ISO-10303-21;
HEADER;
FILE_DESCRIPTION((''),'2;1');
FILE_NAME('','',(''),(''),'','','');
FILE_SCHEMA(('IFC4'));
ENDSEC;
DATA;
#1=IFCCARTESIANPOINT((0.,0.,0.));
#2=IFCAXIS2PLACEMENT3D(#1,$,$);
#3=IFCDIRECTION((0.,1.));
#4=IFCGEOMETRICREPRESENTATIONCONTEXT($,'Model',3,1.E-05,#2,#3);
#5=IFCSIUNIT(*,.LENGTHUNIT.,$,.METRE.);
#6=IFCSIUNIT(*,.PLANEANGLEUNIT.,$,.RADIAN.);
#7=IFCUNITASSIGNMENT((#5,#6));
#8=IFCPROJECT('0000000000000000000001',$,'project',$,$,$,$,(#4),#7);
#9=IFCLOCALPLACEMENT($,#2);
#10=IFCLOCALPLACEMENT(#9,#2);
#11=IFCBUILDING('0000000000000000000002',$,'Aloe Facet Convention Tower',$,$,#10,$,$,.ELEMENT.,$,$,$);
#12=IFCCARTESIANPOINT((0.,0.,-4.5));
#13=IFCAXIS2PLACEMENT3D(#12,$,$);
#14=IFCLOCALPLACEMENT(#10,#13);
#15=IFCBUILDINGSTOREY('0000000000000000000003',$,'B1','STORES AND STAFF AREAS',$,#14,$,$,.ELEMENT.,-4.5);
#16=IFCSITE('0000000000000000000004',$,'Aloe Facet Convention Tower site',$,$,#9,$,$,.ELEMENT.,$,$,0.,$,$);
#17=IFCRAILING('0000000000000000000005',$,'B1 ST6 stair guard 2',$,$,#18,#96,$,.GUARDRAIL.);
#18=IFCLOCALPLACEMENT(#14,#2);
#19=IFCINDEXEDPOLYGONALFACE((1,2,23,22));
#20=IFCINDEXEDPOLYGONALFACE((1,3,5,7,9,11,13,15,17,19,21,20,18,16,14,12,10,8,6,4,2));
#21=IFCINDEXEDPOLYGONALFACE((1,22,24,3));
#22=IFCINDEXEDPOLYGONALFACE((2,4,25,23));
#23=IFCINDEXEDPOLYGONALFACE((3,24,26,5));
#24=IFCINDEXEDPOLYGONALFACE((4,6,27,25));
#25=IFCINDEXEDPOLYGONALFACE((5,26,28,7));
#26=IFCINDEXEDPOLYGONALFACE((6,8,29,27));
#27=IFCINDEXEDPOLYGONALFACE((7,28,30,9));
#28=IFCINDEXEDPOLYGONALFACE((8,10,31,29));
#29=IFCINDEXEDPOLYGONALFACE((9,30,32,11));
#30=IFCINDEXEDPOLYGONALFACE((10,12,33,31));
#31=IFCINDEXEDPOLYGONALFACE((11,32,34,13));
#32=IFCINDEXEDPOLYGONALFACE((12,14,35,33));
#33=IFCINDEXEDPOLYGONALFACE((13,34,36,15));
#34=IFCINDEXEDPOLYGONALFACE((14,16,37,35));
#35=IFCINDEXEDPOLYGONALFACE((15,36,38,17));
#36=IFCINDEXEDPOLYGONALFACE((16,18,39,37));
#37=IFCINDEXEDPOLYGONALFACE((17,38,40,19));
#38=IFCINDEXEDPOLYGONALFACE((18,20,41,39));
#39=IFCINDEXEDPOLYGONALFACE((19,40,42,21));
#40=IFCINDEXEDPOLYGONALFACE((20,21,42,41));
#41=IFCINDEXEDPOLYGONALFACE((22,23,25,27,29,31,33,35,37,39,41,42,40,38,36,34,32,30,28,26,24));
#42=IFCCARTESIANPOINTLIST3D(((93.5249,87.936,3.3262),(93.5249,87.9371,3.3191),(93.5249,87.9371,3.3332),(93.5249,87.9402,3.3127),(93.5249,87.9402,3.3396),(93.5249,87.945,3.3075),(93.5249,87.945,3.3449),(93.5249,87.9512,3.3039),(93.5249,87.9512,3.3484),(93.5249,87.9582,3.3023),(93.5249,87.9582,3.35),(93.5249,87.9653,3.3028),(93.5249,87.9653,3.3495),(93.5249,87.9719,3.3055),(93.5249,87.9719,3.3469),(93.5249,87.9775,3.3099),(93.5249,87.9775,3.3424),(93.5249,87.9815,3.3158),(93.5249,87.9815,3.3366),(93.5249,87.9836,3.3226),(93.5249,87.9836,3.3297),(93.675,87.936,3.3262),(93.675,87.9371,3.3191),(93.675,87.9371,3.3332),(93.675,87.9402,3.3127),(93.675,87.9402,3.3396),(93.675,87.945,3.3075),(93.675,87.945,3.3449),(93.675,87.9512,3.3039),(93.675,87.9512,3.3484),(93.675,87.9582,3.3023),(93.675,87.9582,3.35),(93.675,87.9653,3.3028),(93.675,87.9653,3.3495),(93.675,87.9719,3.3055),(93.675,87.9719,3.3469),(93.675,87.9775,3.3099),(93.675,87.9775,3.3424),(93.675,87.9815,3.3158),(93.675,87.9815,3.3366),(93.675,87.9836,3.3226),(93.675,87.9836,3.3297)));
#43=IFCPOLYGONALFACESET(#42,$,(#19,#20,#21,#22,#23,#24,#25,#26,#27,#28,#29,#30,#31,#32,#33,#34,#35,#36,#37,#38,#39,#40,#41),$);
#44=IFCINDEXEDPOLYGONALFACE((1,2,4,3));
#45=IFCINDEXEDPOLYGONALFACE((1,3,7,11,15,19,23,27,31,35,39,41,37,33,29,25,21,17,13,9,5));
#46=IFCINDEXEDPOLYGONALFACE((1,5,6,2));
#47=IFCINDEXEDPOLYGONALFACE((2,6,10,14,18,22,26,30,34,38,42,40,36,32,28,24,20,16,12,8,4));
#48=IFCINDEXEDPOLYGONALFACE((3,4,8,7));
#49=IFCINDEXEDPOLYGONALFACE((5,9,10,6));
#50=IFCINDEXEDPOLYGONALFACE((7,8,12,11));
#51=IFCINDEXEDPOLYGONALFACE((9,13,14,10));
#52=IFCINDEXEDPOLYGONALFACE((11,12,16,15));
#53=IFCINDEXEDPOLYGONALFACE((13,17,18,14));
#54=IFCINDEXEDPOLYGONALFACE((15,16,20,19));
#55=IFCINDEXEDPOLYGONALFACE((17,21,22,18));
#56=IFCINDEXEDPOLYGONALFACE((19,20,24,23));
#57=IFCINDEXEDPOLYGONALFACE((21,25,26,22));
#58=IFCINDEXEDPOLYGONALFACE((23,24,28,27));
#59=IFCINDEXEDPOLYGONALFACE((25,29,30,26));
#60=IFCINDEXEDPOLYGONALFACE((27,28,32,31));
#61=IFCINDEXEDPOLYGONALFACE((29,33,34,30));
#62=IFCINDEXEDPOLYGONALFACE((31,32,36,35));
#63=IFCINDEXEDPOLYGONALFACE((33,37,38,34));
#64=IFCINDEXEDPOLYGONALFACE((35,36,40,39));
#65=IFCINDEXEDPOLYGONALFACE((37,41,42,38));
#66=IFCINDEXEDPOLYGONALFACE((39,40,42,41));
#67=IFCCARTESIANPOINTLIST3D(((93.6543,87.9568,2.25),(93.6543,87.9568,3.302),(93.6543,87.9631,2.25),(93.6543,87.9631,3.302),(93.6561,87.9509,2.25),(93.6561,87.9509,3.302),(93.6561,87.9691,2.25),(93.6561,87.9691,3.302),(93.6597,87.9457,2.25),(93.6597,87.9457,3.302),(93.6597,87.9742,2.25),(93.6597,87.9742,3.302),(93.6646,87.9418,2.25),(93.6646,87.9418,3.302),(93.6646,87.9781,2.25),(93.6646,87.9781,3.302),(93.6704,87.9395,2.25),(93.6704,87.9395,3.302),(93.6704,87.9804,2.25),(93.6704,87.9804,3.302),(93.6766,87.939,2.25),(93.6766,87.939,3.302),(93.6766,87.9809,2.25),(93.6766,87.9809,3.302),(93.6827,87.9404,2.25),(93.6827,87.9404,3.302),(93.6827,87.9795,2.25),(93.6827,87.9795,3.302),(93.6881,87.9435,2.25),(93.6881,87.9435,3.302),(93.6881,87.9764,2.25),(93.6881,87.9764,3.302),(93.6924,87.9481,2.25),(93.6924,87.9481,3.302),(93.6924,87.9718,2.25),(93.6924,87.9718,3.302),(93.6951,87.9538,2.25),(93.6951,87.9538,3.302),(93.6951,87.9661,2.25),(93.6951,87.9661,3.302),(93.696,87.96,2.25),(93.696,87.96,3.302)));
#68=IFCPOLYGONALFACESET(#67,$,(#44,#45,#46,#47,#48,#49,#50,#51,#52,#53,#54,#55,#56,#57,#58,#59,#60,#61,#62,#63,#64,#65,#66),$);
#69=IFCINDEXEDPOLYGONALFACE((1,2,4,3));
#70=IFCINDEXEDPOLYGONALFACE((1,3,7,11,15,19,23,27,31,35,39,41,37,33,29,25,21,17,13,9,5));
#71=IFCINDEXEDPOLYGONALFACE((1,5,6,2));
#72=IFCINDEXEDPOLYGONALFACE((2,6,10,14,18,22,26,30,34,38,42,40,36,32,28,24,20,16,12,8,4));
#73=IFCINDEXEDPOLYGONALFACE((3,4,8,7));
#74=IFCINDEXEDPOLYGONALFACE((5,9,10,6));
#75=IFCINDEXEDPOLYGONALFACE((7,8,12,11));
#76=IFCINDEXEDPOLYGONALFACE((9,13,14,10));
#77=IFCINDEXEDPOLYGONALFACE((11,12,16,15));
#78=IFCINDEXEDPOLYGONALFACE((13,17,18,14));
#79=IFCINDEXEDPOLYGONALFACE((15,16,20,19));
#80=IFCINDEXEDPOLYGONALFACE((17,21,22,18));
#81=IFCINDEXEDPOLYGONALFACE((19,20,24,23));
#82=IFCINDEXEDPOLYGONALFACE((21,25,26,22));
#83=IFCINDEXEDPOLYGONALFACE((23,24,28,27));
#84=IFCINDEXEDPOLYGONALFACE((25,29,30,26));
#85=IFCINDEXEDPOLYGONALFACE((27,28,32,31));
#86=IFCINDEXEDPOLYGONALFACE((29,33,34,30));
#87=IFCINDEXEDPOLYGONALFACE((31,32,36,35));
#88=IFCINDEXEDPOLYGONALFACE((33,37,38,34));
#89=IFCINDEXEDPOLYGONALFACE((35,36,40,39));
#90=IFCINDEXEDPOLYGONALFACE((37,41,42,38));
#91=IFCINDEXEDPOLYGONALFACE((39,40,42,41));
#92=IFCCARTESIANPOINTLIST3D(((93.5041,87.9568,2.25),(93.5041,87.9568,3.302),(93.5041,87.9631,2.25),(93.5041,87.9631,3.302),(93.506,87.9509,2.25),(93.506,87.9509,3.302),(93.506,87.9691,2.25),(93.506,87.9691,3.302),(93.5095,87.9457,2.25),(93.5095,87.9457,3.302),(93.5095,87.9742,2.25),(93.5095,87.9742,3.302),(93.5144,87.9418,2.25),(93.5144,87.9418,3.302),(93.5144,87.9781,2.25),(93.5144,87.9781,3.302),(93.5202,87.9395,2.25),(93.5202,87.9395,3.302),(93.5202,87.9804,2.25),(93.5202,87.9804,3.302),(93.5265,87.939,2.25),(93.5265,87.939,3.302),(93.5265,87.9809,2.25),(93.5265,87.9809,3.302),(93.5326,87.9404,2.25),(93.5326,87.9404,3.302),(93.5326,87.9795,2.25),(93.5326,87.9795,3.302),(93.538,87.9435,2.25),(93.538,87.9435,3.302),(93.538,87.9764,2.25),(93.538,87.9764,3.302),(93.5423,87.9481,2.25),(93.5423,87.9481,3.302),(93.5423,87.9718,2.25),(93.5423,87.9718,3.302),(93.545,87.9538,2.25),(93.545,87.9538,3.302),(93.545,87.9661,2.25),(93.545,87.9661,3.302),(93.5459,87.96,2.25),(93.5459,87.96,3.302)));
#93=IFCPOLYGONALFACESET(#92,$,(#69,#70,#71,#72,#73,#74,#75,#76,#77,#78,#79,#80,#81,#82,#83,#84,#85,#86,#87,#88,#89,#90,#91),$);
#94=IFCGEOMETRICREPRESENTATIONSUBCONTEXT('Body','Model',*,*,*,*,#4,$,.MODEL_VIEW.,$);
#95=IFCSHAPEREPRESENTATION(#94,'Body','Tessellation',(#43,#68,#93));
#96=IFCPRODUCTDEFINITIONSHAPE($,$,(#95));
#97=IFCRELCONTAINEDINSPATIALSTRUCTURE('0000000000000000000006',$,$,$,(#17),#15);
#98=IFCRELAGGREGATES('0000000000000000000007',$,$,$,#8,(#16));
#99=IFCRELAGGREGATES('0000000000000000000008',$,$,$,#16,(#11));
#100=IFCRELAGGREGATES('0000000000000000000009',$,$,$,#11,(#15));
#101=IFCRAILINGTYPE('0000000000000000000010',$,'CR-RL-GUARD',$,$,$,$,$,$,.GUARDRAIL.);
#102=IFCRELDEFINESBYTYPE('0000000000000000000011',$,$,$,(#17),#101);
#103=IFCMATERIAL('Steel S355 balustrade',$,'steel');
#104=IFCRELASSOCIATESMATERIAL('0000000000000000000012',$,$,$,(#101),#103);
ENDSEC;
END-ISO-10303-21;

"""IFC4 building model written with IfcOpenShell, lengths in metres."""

from ifc_helpers import new_model, si_unit, direction, frame, origin, origin_2d, place, context, subcontext, project, spatial, circle, extrude, material, type_object, element, save


model = new_model("IFC4")

# Units and contexts
model_context = context("Model", 3, precision=1e-05, world=origin(), true_north=direction((0.0, 1.0)))
body_context = subcontext(model_context, "Body", "Model", "MODEL_VIEW")
ifc_project = project(units=[si_unit("LENGTHUNIT", "METRE"), si_unit("PLANEANGLEUNIT", "RADIAN")], contexts=[model_context])

# Site, building, storey
site_placement = place(None, origin())
site = spatial("IfcSite", under=ifc_project, at=site_placement, Name="Aloe Facet Convention Tower site", CompositionType="ELEMENT", RefElevation=0.0)
building_placement = place(site_placement, origin())
building = spatial("IfcBuilding", under=site, at=building_placement, Name="Aloe Facet Convention Tower", CompositionType="ELEMENT")
storey_placement = place(building_placement, frame((0.0, 0.0, -4.5)))
storey = spatial("IfcBuildingStorey", under=building, at=storey_placement, Name="B1", Description="STORES AND STAFF AREAS", CompositionType="ELEMENT", Elevation=-4.5)

# Railing
ifc_material_1 = material(Name="Steel S355 balustrade", Category="steel")
railing_type_1 = type_object("IfcRailingType", Name="CR-RL-GUARD", PredefinedType="GUARDRAIL", material=ifc_material_1)
railing_1_placement = place(storey_placement, frame((93.675, 87.96, 2.25)))
element("IfcRailing", 1, at=railing_1_placement, inside=storey, type_object=railing_type_1, Name="B1 ST6 stair guard 2", PredefinedType="GUARDRAIL", context=body_context, shape_type="SweptSolid", body=[
    extrude(circle(Radius=0.0239, at=origin_2d()), frame((0.0, 0.0, 1.0762), z_axis=(-1.0, 0.0, 0.0), x_axis=(0.0, -1.0, 0.0)), (0.0, 0.0, 1.0), 0.1501),
    extrude(circle(Radius=0.021, at=origin_2d()), origin(), (0.0, 0.0, 1.0), 1.052),
    extrude(circle(Radius=0.021, at=origin_2d()), frame((-0.1501, 0.0, 0.0)), (0.0, 0.0, 1.0), 1.052),
])

save(model, "model.ifc")
